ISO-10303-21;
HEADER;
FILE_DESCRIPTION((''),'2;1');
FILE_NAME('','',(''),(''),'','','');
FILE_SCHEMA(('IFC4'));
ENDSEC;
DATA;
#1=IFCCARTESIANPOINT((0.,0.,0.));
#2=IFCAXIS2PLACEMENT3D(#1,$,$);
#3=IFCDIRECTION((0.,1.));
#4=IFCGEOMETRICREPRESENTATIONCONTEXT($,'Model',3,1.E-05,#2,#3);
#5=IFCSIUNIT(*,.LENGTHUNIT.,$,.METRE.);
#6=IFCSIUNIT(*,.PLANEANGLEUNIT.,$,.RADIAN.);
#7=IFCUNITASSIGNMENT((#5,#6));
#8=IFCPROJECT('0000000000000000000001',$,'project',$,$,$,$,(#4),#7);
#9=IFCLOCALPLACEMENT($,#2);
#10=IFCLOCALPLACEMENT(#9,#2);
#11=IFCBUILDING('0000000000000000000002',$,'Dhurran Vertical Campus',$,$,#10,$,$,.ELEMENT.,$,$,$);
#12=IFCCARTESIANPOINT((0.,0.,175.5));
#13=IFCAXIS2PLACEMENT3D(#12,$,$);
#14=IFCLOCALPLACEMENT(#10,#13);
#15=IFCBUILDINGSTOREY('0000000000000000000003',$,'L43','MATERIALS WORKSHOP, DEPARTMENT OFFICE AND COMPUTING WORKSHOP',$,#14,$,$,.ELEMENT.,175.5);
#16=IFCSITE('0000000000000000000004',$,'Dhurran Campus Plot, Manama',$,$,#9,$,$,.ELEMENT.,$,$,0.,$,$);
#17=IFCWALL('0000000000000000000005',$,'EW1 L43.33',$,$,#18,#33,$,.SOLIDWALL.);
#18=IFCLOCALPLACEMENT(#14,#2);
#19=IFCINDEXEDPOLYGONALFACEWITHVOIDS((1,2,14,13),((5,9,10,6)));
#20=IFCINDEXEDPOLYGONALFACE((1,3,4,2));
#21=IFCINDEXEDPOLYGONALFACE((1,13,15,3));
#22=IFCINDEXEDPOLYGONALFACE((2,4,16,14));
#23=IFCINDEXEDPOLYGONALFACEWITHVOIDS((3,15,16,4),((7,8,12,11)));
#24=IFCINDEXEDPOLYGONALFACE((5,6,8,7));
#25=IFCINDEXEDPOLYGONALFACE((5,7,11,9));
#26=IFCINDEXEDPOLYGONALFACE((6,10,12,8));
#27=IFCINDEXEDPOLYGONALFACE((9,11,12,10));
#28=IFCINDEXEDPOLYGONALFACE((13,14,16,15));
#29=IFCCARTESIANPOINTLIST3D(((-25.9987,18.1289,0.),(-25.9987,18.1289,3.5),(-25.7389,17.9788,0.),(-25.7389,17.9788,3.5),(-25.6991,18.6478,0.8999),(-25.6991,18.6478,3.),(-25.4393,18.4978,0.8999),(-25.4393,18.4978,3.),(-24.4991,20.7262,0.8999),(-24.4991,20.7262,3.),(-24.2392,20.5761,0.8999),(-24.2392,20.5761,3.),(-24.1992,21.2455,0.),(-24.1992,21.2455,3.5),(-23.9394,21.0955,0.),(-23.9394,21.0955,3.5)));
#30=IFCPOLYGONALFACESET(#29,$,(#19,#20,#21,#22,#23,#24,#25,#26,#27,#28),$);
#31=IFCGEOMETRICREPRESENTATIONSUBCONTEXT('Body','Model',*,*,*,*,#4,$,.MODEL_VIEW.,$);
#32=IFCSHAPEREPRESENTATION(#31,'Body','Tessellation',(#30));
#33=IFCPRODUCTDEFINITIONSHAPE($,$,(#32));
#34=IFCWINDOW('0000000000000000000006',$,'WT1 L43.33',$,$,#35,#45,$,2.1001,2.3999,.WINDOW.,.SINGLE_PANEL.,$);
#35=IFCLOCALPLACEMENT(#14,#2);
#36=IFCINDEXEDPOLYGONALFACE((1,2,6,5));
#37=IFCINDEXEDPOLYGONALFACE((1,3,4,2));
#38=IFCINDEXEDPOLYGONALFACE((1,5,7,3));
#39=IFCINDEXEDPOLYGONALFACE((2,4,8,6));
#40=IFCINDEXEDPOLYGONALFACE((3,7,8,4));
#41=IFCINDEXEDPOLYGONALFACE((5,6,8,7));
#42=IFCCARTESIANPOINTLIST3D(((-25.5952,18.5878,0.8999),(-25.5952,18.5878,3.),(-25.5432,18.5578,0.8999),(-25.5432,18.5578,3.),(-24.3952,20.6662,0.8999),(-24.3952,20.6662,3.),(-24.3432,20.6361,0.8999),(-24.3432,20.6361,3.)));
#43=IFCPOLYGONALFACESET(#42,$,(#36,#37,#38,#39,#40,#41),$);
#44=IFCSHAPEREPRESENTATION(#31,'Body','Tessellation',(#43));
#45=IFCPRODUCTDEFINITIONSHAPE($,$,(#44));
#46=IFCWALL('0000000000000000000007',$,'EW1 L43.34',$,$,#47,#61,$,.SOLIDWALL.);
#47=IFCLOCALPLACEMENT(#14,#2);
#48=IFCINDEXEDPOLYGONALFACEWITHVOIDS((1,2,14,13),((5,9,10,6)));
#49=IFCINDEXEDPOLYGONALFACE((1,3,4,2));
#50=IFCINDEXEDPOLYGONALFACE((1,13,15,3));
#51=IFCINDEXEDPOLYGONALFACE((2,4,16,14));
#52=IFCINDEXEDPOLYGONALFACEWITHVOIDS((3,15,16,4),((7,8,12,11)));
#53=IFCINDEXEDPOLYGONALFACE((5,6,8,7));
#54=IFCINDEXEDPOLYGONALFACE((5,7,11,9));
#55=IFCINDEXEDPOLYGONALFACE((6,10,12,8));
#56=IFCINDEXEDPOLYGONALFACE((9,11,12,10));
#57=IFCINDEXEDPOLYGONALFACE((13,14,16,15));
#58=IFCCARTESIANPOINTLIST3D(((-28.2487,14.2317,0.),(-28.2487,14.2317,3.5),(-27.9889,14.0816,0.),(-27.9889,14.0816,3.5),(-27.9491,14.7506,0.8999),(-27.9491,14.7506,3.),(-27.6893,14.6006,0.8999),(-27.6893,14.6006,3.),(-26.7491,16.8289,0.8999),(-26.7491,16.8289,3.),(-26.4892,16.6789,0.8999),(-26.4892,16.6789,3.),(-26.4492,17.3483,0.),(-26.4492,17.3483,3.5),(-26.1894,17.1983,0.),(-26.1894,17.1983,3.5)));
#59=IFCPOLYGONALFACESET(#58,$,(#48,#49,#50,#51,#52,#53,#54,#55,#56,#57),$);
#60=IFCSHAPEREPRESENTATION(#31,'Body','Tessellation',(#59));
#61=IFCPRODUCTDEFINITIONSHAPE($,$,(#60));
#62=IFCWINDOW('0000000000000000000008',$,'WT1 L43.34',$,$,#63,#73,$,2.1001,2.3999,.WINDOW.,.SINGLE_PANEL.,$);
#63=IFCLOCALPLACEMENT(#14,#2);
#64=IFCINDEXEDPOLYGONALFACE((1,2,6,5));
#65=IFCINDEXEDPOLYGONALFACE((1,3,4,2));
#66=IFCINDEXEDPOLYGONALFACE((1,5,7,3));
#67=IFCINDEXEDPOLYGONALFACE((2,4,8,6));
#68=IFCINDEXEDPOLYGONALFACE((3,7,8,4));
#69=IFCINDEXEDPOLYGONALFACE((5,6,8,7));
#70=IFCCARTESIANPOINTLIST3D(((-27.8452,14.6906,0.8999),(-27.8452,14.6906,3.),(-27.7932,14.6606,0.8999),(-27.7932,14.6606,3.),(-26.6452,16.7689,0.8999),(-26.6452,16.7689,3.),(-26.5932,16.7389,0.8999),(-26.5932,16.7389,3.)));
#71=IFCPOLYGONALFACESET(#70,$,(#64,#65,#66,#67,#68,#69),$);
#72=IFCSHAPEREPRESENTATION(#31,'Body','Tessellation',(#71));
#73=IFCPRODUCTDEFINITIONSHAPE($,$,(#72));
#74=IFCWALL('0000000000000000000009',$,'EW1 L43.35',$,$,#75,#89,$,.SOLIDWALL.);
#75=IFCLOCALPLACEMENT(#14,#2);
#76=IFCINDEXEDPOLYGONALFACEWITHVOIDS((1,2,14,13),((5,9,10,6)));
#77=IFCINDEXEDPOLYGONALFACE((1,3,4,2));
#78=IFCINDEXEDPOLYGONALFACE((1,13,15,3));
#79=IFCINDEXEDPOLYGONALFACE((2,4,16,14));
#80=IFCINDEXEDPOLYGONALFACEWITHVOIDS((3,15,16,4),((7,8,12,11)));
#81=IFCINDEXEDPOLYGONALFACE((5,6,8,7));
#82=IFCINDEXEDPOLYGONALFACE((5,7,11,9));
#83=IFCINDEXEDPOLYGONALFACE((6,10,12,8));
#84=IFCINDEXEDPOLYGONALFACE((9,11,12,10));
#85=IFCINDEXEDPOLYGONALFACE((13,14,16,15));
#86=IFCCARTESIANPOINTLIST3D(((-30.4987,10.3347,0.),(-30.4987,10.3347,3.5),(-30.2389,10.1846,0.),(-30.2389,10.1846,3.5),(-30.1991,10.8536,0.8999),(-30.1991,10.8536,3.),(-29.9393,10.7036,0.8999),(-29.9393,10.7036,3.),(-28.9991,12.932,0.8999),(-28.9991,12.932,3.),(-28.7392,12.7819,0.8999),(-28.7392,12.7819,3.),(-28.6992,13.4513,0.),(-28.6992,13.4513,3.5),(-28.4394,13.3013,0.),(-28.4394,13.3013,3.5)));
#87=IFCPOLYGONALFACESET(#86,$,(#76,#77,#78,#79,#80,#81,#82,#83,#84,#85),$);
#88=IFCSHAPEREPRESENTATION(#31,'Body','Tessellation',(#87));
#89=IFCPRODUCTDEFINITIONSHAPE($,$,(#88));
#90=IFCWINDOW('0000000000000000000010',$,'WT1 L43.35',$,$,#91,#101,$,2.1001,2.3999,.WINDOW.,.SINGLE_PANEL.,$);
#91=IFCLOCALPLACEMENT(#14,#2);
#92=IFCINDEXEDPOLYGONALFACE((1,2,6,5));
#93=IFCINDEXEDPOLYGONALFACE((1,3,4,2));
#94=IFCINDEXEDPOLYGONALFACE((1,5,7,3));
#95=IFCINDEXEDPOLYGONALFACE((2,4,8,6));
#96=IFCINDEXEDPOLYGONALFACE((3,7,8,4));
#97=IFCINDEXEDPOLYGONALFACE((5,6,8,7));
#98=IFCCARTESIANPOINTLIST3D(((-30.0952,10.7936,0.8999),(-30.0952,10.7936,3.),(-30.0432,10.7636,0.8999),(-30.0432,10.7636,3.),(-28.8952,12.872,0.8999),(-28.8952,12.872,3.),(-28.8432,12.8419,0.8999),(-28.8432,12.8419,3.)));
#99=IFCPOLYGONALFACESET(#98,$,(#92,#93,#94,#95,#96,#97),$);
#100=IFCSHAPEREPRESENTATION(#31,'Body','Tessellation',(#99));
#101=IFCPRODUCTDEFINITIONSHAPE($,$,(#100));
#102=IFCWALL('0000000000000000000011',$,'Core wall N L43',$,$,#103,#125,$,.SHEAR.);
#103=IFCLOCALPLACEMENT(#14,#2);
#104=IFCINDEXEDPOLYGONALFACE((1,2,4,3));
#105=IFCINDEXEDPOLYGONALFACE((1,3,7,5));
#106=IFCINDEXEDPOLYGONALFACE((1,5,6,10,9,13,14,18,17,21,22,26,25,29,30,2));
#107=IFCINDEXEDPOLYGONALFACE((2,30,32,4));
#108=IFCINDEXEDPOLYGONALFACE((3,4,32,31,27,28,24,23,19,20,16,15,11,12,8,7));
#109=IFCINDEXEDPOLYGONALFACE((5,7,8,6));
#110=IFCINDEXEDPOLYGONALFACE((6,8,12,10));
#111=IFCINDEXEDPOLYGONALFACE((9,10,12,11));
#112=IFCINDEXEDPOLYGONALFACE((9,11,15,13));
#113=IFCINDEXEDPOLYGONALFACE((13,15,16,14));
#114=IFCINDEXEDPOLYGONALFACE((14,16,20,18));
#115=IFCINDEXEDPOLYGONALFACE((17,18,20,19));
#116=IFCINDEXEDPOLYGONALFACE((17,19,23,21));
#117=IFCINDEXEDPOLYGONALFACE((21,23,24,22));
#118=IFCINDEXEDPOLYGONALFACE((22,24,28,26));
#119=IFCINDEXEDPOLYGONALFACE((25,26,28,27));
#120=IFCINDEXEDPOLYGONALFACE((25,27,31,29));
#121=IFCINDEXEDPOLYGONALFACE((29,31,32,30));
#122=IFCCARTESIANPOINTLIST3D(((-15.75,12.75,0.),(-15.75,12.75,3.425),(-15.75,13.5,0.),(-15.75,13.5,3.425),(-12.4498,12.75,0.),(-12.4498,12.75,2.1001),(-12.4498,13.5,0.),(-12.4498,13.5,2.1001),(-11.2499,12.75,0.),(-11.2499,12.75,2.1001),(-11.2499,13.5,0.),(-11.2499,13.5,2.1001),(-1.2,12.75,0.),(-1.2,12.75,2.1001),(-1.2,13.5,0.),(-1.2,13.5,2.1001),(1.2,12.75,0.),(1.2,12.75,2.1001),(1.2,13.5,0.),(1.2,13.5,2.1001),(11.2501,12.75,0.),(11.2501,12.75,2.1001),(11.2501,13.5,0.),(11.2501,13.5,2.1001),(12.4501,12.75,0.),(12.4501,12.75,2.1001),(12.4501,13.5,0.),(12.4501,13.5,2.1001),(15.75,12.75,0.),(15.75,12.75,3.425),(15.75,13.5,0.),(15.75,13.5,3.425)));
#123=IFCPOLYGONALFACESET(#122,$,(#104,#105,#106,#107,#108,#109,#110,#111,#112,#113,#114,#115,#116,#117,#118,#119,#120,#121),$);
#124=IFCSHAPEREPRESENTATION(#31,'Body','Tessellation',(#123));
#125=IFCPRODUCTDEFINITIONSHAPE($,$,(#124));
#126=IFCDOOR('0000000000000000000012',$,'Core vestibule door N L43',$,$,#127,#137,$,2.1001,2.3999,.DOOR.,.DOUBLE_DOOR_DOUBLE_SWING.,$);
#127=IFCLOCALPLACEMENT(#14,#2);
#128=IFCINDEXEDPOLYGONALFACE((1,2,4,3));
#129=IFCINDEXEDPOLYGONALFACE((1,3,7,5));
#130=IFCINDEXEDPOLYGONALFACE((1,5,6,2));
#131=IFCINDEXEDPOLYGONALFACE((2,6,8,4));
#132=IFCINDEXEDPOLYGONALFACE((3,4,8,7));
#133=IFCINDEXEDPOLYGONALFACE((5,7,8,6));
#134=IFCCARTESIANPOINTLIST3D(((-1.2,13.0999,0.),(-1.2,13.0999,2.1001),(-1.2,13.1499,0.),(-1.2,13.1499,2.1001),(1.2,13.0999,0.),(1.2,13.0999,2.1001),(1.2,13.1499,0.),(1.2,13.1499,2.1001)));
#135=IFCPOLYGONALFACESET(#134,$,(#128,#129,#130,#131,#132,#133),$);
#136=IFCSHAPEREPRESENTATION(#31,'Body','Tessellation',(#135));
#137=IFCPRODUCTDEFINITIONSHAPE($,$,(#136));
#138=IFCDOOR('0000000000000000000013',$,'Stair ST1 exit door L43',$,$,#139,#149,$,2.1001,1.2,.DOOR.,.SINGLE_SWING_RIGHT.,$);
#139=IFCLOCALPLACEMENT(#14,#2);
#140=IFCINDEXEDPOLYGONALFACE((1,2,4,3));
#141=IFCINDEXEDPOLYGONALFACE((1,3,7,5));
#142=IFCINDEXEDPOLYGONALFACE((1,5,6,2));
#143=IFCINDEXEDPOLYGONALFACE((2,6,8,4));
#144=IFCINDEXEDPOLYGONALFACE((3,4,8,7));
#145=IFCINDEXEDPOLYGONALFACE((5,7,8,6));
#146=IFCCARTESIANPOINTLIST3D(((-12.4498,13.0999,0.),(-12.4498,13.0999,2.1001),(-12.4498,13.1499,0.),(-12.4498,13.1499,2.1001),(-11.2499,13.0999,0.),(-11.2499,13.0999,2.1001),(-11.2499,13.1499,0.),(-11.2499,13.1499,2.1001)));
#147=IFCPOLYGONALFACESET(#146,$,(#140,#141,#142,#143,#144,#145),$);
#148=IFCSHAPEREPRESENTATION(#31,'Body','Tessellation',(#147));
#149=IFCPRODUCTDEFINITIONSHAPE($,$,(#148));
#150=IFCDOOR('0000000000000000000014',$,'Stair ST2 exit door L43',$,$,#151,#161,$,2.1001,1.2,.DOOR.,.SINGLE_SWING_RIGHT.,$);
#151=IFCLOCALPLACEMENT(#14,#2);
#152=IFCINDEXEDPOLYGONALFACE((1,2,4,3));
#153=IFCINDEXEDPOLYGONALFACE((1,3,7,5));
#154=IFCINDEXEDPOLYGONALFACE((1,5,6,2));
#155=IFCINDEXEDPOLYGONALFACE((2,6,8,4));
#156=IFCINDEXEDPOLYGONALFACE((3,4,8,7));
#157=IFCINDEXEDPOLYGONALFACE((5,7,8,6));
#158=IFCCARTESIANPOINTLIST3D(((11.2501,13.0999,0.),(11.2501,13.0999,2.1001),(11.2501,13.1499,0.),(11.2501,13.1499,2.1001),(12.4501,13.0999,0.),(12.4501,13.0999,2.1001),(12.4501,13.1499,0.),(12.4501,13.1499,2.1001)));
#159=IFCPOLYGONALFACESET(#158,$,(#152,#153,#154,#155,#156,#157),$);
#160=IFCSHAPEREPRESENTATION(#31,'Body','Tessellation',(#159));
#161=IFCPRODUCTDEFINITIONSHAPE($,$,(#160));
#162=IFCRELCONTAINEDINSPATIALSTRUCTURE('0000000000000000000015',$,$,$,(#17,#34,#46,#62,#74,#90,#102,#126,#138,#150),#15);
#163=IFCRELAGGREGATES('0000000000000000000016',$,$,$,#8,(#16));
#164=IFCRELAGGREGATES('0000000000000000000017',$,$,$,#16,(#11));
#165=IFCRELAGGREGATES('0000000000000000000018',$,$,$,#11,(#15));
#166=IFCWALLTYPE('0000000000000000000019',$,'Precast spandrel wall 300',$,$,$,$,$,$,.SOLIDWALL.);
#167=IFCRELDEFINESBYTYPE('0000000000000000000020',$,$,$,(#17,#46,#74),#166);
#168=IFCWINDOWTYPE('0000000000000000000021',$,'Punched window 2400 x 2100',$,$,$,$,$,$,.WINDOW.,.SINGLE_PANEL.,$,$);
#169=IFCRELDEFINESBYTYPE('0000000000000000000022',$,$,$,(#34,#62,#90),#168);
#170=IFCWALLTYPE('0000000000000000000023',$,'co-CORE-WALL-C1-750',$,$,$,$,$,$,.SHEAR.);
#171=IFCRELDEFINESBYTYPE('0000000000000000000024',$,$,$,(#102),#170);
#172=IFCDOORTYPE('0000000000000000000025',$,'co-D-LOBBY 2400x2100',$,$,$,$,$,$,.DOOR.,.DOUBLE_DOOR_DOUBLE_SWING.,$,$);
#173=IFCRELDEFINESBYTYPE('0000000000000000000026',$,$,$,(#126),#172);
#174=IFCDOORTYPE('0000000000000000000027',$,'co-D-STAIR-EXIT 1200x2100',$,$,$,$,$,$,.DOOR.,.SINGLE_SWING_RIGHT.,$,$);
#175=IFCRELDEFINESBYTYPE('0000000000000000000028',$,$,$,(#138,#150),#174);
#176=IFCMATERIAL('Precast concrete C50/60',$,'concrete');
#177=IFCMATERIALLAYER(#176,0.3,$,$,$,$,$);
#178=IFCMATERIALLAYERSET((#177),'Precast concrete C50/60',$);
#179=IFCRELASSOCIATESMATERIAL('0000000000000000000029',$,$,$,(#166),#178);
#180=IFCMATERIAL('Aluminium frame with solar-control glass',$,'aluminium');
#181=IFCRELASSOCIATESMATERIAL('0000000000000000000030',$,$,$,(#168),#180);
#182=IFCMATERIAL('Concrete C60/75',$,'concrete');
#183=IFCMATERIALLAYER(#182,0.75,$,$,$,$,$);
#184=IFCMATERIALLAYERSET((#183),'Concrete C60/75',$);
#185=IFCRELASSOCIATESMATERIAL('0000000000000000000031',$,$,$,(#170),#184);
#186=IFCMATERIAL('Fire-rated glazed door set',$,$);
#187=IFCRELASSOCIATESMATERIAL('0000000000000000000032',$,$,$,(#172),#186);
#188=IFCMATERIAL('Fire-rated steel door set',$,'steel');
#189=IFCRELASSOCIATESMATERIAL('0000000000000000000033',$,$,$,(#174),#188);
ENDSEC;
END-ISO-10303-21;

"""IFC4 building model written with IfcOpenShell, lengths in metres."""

from ifc_helpers import new_model, si_unit, direction, frame, frame_2d, origin, place, context, subcontext, project, spatial, rectangle, extrude, material, layer, layer_set, type_object, element, fill, save


model = new_model("IFC4")

# Units and contexts
model_context = context("Model", 3, precision=1e-05, world=origin(), true_north=direction((0.0, 1.0)))
body_context = subcontext(model_context, "Body", "Model", "MODEL_VIEW")
ifc_project = project(units=[si_unit("LENGTHUNIT", "METRE"), si_unit("PLANEANGLEUNIT", "RADIAN")], contexts=[model_context])

# Site, building, storey
site_placement = place(None, origin())
site = spatial("IfcSite", under=ifc_project, at=site_placement, Name="Dhurran Campus Plot, Manama", CompositionType="ELEMENT", RefElevation=0.0)
building_placement = place(site_placement, origin())
building = spatial("IfcBuilding", under=site, at=building_placement, Name="Dhurran Vertical Campus", CompositionType="ELEMENT")
storey_placement = place(building_placement, frame((0.0, 0.0, 175.5)))
storey = spatial("IfcBuildingStorey", under=building, at=storey_placement, Name="L43", Description="MATERIALS WORKSHOP, DEPARTMENT OFFICE AND COMPUTING WORKSHOP", CompositionType="ELEMENT", Elevation=175.5)

# Walls, openings, windows
ifc_material_1 = material(Name="Precast concrete C50/60", Category="concrete")
ifc_layer_1 = layer(ifc_material_1, 0.3)
ifc_layer_set_1 = layer_set([ifc_layer_1], Name="Precast concrete C50/60")
wall_type_1 = type_object("IfcWallType", Name="Precast spandrel wall 300", PredefinedType="SOLIDWALL", material=ifc_layer_set_1)
ifc_material_2 = material(Name="Aluminium frame with solar-control glass", Category="aluminium")
window_type = type_object("IfcWindowType", Name="Punched window 2400 x 2100", PartitioningType="SINGLE_PANEL", PredefinedType="WINDOW", material=ifc_material_2)
wall_1_placement = place(storey_placement, frame((-24.0693, 21.1704, 0.0), z_axis=(0.0, 0.0, 1.0), x_axis=(-0.500028, -0.866009, 0.0)))
wall_1 = element("IfcWall", 1, at=wall_1_placement, inside=storey, type_object=wall_type_1, Name="EW1 L43.33", PredefinedType="SOLIDWALL", context=body_context, shape_type="SweptSolid", body=[
    extrude(rectangle(XDim=3.5989, YDim=0.3, at=frame_2d((1.7993, 0.0))), origin(), (0.0, 0.0, 1.0), 3.5),
])
opening_1_placement = place(wall_1_placement, frame((0.5996, 0.0, 0.8999)))
opening_1 = element("IfcOpeningElement", 2, at=opening_1_placement, cuts=wall_1, PredefinedType="OPENING", context=body_context, shape_type="SweptSolid", body=[
    extrude(rectangle(XDim=2.3999, YDim=2.1001, at=frame_2d((1.2, 1.05))), frame((0.0, 0.1599, 0.0), z_axis=(0.0, -1.0, 0.0), x_axis=(1.0, 0.0, 0.0)), (0.0, 0.0, 1.0), 0.3201),
])
window_1_placement = place(opening_1_placement, origin())
window_1 = element("IfcWindow", 3, at=window_1_placement, inside=storey, type_object=window_type, Name="WT1 L43.33", OverallHeight=2.1001, OverallWidth=2.3999, PartitioningType="SINGLE_PANEL", PredefinedType="WINDOW", context=body_context, shape_type="SweptSolid", body=[
    extrude(rectangle(XDim=2.3999, YDim=2.1001, at=frame_2d((1.2, 1.05))), frame((0.0, 0.03, 0.0), z_axis=(0.0, -1.0, 0.0), x_axis=(1.0, 0.0, 0.0)), (0.0, 0.0, 1.0), 0.0601),
])
fill(opening_1, window_1)
wall_2_placement = place(storey_placement, frame((-26.3193, 17.2732, 0.0), z_axis=(0.0, 0.0, 1.0), x_axis=(-0.500028, -0.866009, 0.0)))
wall_2 = element("IfcWall", 4, at=wall_2_placement, inside=storey, type_object=wall_type_1, Name="EW1 L43.34", PredefinedType="SOLIDWALL", context=body_context, shape_type="SweptSolid", body=[
    extrude(rectangle(XDim=3.5989, YDim=0.3, at=frame_2d((1.7993, 0.0))), origin(), (0.0, 0.0, 1.0), 3.5),
])
opening_2_placement = place(wall_2_placement, frame((0.5996, 0.0, 0.8999)))
opening_2 = element("IfcOpeningElement", 5, at=opening_2_placement, cuts=wall_2, PredefinedType="OPENING", context=body_context, shape_type="SweptSolid", body=[
    extrude(rectangle(XDim=2.3999, YDim=2.1001, at=frame_2d((1.2, 1.05))), frame((0.0, 0.1599, 0.0), z_axis=(0.0, -1.0, 0.0), x_axis=(1.0, 0.0, 0.0)), (0.0, 0.0, 1.0), 0.3201),
])
window_2_placement = place(opening_2_placement, origin())
window_2 = element("IfcWindow", 6, at=window_2_placement, inside=storey, type_object=window_type, Name="WT1 L43.34", OverallHeight=2.1001, OverallWidth=2.3999, PartitioningType="SINGLE_PANEL", PredefinedType="WINDOW", context=body_context, shape_type="SweptSolid", body=[
    extrude(rectangle(XDim=2.3999, YDim=2.1001, at=frame_2d((1.2, 1.05))), frame((0.0, 0.03, 0.0), z_axis=(0.0, -1.0, 0.0), x_axis=(1.0, 0.0, 0.0)), (0.0, 0.0, 1.0), 0.0601),
])
fill(opening_2, window_2)
wall_3_placement = place(storey_placement, frame((-28.5693, 13.3762, 0.0), z_axis=(0.0, 0.0, 1.0), x_axis=(-0.500028, -0.866009, 0.0)))
wall_3 = element("IfcWall", 7, at=wall_3_placement, inside=storey, type_object=wall_type_1, Name="EW1 L43.35", PredefinedType="SOLIDWALL", context=body_context, shape_type="SweptSolid", body=[
    extrude(rectangle(XDim=3.5989, YDim=0.3, at=frame_2d((1.7993, 0.0))), origin(), (0.0, 0.0, 1.0), 3.5),
])
opening_3_placement = place(wall_3_placement, frame((0.5996, 0.0, 0.8999)))
opening_3 = element("IfcOpeningElement", 8, at=opening_3_placement, cuts=wall_3, PredefinedType="OPENING", context=body_context, shape_type="SweptSolid", body=[
    extrude(rectangle(XDim=2.3999, YDim=2.1001, at=frame_2d((1.2, 1.05))), frame((0.0, 0.1599, 0.0), z_axis=(0.0, -1.0, 0.0), x_axis=(1.0, 0.0, 0.0)), (0.0, 0.0, 1.0), 0.3201),
])
window_3_placement = place(opening_3_placement, origin())
window_3 = element("IfcWindow", 9, at=window_3_placement, inside=storey, type_object=window_type, Name="WT1 L43.35", OverallHeight=2.1001, OverallWidth=2.3999, PartitioningType="SINGLE_PANEL", PredefinedType="WINDOW", context=body_context, shape_type="SweptSolid", body=[
    extrude(rectangle(XDim=2.3999, YDim=2.1001, at=frame_2d((1.2, 1.05))), frame((0.0, 0.03, 0.0), z_axis=(0.0, -1.0, 0.0), x_axis=(1.0, 0.0, 0.0)), (0.0, 0.0, 1.0), 0.0601),
])
fill(opening_3, window_3)

# Wall, openings, doors
ifc_material_3 = material(Name="Concrete C60/75", Category="concrete")
ifc_layer_2 = layer(ifc_material_3, 0.75)
ifc_layer_set_2 = layer_set([ifc_layer_2], Name="Concrete C60/75")
wall_type_2 = type_object("IfcWallType", Name="co-CORE-WALL-C1-750", PredefinedType="SHEAR", material=ifc_layer_set_2)
wall_4_placement = place(storey_placement, frame((-15.75, 13.125, 0.0), z_axis=(0.0, 0.0, 1.0), x_axis=(1.0, 0.0, 0.0)))
wall_4 = element("IfcWall", 10, at=wall_4_placement, inside=storey, type_object=wall_type_2, Name="Core wall N L43", PredefinedType="SHEAR", context=body_context, shape_type="SweptSolid", body=[
    extrude(rectangle(XDim=31.5, YDim=0.75, at=frame_2d((15.75, 0.0))), origin(), (0.0, 0.0, 1.0), 3.425),
])
opening_4_placement = place(wall_4_placement, frame((14.55, 0.0, 0.0)))
opening_4 = element("IfcOpeningElement", 11, at=opening_4_placement, cuts=wall_4, PredefinedType="OPENING", context=body_context, shape_type="SweptSolid", body=[
    extrude(rectangle(XDim=2.3999, YDim=2.1001, at=frame_2d((1.2, 1.05))), frame((0.0, 0.385, 0.0), z_axis=(0.0, -1.0, 0.0), x_axis=(1.0, 0.0, 0.0)), (0.0, 0.0, 1.0), 0.77),
])
opening_5_placement = place(wall_4_placement, frame((3.3, 0.0, 0.0)))
opening_5 = element("IfcOpeningElement", 12, at=opening_5_placement, cuts=wall_4, PredefinedType="OPENING", context=body_context, shape_type="SweptSolid", body=[
    extrude(rectangle(XDim=1.2, YDim=2.1001, at=frame_2d((0.6001, 1.05))), frame((0.0, 0.385, 0.0), z_axis=(0.0, -1.0, 0.0), x_axis=(1.0, 0.0, 0.0)), (0.0, 0.0, 1.0), 0.77),
])
opening_6_placement = place(wall_4_placement, frame((27.0, 0.0, 0.0)))
opening_6 = element("IfcOpeningElement", 13, at=opening_6_placement, cuts=wall_4, PredefinedType="OPENING", context=body_context, shape_type="SweptSolid", body=[
    extrude(rectangle(XDim=1.2, YDim=2.1001, at=frame_2d((0.6001, 1.05))), frame((0.0, 0.385, 0.0), z_axis=(0.0, -1.0, 0.0), x_axis=(1.0, 0.0, 0.0)), (0.0, 0.0, 1.0), 0.77),
])
ifc_material_4 = material(Name="Fire-rated glazed door set")
door_type_1 = type_object("IfcDoorType", Name="co-D-LOBBY 2400x2100", OperationType="DOUBLE_DOOR_DOUBLE_SWING", PredefinedType="DOOR", material=ifc_material_4)
door_1_placement = place(opening_4_placement, origin())
door_1 = element("IfcDoor", 14, at=door_1_placement, inside=storey, type_object=door_type_1, Name="Core vestibule door N L43", OperationType="DOUBLE_DOOR_DOUBLE_SWING", OverallHeight=2.1001, OverallWidth=2.3999, PredefinedType="DOOR", context=body_context, shape_type="SweptSolid", body=[
    extrude(rectangle(XDim=2.3999, YDim=2.1001, at=frame_2d((1.2, 1.05))), frame((0.0, 0.0249, 0.0), z_axis=(0.0, -1.0, 0.0), x_axis=(1.0, 0.0, 0.0)), (0.0, 0.0, 1.0), 0.05),
])
fill(opening_4, door_1)
ifc_material_5 = material(Name="Fire-rated steel door set", Category="steel")
door_type_2 = type_object("IfcDoorType", Name="co-D-STAIR-EXIT 1200x2100", OperationType="SINGLE_SWING_RIGHT", PredefinedType="DOOR", material=ifc_material_5)
door_2_placement = place(opening_5_placement, origin())
door_2 = element("IfcDoor", 15, at=door_2_placement, inside=storey, type_object=door_type_2, Name="Stair ST1 exit door L43", OperationType="SINGLE_SWING_RIGHT", OverallHeight=2.1001, OverallWidth=1.2, PredefinedType="DOOR", context=body_context, shape_type="SweptSolid", body=[
    extrude(rectangle(XDim=1.2, YDim=2.1001, at=frame_2d((0.6001, 1.05))), frame((0.0, 0.0249, 0.0), z_axis=(0.0, -1.0, 0.0), x_axis=(1.0, 0.0, 0.0)), (0.0, 0.0, 1.0), 0.05),
])
fill(opening_5, door_2)
door_3_placement = place(opening_6_placement, origin())
door_3 = element("IfcDoor", 16, at=door_3_placement, inside=storey, type_object=door_type_2, Name="Stair ST2 exit door L43", OperationType="SINGLE_SWING_RIGHT", OverallHeight=2.1001, OverallWidth=1.2, PredefinedType="DOOR", context=body_context, shape_type="SweptSolid", body=[
    extrude(rectangle(XDim=1.2, YDim=2.1001, at=frame_2d((0.6001, 1.05))), frame((0.0, 0.0249, 0.0), z_axis=(0.0, -1.0, 0.0), x_axis=(1.0, 0.0, 0.0)), (0.0, 0.0, 1.0), 0.05),
])
fill(opening_6, door_3)

save(model, "model.ifc")
